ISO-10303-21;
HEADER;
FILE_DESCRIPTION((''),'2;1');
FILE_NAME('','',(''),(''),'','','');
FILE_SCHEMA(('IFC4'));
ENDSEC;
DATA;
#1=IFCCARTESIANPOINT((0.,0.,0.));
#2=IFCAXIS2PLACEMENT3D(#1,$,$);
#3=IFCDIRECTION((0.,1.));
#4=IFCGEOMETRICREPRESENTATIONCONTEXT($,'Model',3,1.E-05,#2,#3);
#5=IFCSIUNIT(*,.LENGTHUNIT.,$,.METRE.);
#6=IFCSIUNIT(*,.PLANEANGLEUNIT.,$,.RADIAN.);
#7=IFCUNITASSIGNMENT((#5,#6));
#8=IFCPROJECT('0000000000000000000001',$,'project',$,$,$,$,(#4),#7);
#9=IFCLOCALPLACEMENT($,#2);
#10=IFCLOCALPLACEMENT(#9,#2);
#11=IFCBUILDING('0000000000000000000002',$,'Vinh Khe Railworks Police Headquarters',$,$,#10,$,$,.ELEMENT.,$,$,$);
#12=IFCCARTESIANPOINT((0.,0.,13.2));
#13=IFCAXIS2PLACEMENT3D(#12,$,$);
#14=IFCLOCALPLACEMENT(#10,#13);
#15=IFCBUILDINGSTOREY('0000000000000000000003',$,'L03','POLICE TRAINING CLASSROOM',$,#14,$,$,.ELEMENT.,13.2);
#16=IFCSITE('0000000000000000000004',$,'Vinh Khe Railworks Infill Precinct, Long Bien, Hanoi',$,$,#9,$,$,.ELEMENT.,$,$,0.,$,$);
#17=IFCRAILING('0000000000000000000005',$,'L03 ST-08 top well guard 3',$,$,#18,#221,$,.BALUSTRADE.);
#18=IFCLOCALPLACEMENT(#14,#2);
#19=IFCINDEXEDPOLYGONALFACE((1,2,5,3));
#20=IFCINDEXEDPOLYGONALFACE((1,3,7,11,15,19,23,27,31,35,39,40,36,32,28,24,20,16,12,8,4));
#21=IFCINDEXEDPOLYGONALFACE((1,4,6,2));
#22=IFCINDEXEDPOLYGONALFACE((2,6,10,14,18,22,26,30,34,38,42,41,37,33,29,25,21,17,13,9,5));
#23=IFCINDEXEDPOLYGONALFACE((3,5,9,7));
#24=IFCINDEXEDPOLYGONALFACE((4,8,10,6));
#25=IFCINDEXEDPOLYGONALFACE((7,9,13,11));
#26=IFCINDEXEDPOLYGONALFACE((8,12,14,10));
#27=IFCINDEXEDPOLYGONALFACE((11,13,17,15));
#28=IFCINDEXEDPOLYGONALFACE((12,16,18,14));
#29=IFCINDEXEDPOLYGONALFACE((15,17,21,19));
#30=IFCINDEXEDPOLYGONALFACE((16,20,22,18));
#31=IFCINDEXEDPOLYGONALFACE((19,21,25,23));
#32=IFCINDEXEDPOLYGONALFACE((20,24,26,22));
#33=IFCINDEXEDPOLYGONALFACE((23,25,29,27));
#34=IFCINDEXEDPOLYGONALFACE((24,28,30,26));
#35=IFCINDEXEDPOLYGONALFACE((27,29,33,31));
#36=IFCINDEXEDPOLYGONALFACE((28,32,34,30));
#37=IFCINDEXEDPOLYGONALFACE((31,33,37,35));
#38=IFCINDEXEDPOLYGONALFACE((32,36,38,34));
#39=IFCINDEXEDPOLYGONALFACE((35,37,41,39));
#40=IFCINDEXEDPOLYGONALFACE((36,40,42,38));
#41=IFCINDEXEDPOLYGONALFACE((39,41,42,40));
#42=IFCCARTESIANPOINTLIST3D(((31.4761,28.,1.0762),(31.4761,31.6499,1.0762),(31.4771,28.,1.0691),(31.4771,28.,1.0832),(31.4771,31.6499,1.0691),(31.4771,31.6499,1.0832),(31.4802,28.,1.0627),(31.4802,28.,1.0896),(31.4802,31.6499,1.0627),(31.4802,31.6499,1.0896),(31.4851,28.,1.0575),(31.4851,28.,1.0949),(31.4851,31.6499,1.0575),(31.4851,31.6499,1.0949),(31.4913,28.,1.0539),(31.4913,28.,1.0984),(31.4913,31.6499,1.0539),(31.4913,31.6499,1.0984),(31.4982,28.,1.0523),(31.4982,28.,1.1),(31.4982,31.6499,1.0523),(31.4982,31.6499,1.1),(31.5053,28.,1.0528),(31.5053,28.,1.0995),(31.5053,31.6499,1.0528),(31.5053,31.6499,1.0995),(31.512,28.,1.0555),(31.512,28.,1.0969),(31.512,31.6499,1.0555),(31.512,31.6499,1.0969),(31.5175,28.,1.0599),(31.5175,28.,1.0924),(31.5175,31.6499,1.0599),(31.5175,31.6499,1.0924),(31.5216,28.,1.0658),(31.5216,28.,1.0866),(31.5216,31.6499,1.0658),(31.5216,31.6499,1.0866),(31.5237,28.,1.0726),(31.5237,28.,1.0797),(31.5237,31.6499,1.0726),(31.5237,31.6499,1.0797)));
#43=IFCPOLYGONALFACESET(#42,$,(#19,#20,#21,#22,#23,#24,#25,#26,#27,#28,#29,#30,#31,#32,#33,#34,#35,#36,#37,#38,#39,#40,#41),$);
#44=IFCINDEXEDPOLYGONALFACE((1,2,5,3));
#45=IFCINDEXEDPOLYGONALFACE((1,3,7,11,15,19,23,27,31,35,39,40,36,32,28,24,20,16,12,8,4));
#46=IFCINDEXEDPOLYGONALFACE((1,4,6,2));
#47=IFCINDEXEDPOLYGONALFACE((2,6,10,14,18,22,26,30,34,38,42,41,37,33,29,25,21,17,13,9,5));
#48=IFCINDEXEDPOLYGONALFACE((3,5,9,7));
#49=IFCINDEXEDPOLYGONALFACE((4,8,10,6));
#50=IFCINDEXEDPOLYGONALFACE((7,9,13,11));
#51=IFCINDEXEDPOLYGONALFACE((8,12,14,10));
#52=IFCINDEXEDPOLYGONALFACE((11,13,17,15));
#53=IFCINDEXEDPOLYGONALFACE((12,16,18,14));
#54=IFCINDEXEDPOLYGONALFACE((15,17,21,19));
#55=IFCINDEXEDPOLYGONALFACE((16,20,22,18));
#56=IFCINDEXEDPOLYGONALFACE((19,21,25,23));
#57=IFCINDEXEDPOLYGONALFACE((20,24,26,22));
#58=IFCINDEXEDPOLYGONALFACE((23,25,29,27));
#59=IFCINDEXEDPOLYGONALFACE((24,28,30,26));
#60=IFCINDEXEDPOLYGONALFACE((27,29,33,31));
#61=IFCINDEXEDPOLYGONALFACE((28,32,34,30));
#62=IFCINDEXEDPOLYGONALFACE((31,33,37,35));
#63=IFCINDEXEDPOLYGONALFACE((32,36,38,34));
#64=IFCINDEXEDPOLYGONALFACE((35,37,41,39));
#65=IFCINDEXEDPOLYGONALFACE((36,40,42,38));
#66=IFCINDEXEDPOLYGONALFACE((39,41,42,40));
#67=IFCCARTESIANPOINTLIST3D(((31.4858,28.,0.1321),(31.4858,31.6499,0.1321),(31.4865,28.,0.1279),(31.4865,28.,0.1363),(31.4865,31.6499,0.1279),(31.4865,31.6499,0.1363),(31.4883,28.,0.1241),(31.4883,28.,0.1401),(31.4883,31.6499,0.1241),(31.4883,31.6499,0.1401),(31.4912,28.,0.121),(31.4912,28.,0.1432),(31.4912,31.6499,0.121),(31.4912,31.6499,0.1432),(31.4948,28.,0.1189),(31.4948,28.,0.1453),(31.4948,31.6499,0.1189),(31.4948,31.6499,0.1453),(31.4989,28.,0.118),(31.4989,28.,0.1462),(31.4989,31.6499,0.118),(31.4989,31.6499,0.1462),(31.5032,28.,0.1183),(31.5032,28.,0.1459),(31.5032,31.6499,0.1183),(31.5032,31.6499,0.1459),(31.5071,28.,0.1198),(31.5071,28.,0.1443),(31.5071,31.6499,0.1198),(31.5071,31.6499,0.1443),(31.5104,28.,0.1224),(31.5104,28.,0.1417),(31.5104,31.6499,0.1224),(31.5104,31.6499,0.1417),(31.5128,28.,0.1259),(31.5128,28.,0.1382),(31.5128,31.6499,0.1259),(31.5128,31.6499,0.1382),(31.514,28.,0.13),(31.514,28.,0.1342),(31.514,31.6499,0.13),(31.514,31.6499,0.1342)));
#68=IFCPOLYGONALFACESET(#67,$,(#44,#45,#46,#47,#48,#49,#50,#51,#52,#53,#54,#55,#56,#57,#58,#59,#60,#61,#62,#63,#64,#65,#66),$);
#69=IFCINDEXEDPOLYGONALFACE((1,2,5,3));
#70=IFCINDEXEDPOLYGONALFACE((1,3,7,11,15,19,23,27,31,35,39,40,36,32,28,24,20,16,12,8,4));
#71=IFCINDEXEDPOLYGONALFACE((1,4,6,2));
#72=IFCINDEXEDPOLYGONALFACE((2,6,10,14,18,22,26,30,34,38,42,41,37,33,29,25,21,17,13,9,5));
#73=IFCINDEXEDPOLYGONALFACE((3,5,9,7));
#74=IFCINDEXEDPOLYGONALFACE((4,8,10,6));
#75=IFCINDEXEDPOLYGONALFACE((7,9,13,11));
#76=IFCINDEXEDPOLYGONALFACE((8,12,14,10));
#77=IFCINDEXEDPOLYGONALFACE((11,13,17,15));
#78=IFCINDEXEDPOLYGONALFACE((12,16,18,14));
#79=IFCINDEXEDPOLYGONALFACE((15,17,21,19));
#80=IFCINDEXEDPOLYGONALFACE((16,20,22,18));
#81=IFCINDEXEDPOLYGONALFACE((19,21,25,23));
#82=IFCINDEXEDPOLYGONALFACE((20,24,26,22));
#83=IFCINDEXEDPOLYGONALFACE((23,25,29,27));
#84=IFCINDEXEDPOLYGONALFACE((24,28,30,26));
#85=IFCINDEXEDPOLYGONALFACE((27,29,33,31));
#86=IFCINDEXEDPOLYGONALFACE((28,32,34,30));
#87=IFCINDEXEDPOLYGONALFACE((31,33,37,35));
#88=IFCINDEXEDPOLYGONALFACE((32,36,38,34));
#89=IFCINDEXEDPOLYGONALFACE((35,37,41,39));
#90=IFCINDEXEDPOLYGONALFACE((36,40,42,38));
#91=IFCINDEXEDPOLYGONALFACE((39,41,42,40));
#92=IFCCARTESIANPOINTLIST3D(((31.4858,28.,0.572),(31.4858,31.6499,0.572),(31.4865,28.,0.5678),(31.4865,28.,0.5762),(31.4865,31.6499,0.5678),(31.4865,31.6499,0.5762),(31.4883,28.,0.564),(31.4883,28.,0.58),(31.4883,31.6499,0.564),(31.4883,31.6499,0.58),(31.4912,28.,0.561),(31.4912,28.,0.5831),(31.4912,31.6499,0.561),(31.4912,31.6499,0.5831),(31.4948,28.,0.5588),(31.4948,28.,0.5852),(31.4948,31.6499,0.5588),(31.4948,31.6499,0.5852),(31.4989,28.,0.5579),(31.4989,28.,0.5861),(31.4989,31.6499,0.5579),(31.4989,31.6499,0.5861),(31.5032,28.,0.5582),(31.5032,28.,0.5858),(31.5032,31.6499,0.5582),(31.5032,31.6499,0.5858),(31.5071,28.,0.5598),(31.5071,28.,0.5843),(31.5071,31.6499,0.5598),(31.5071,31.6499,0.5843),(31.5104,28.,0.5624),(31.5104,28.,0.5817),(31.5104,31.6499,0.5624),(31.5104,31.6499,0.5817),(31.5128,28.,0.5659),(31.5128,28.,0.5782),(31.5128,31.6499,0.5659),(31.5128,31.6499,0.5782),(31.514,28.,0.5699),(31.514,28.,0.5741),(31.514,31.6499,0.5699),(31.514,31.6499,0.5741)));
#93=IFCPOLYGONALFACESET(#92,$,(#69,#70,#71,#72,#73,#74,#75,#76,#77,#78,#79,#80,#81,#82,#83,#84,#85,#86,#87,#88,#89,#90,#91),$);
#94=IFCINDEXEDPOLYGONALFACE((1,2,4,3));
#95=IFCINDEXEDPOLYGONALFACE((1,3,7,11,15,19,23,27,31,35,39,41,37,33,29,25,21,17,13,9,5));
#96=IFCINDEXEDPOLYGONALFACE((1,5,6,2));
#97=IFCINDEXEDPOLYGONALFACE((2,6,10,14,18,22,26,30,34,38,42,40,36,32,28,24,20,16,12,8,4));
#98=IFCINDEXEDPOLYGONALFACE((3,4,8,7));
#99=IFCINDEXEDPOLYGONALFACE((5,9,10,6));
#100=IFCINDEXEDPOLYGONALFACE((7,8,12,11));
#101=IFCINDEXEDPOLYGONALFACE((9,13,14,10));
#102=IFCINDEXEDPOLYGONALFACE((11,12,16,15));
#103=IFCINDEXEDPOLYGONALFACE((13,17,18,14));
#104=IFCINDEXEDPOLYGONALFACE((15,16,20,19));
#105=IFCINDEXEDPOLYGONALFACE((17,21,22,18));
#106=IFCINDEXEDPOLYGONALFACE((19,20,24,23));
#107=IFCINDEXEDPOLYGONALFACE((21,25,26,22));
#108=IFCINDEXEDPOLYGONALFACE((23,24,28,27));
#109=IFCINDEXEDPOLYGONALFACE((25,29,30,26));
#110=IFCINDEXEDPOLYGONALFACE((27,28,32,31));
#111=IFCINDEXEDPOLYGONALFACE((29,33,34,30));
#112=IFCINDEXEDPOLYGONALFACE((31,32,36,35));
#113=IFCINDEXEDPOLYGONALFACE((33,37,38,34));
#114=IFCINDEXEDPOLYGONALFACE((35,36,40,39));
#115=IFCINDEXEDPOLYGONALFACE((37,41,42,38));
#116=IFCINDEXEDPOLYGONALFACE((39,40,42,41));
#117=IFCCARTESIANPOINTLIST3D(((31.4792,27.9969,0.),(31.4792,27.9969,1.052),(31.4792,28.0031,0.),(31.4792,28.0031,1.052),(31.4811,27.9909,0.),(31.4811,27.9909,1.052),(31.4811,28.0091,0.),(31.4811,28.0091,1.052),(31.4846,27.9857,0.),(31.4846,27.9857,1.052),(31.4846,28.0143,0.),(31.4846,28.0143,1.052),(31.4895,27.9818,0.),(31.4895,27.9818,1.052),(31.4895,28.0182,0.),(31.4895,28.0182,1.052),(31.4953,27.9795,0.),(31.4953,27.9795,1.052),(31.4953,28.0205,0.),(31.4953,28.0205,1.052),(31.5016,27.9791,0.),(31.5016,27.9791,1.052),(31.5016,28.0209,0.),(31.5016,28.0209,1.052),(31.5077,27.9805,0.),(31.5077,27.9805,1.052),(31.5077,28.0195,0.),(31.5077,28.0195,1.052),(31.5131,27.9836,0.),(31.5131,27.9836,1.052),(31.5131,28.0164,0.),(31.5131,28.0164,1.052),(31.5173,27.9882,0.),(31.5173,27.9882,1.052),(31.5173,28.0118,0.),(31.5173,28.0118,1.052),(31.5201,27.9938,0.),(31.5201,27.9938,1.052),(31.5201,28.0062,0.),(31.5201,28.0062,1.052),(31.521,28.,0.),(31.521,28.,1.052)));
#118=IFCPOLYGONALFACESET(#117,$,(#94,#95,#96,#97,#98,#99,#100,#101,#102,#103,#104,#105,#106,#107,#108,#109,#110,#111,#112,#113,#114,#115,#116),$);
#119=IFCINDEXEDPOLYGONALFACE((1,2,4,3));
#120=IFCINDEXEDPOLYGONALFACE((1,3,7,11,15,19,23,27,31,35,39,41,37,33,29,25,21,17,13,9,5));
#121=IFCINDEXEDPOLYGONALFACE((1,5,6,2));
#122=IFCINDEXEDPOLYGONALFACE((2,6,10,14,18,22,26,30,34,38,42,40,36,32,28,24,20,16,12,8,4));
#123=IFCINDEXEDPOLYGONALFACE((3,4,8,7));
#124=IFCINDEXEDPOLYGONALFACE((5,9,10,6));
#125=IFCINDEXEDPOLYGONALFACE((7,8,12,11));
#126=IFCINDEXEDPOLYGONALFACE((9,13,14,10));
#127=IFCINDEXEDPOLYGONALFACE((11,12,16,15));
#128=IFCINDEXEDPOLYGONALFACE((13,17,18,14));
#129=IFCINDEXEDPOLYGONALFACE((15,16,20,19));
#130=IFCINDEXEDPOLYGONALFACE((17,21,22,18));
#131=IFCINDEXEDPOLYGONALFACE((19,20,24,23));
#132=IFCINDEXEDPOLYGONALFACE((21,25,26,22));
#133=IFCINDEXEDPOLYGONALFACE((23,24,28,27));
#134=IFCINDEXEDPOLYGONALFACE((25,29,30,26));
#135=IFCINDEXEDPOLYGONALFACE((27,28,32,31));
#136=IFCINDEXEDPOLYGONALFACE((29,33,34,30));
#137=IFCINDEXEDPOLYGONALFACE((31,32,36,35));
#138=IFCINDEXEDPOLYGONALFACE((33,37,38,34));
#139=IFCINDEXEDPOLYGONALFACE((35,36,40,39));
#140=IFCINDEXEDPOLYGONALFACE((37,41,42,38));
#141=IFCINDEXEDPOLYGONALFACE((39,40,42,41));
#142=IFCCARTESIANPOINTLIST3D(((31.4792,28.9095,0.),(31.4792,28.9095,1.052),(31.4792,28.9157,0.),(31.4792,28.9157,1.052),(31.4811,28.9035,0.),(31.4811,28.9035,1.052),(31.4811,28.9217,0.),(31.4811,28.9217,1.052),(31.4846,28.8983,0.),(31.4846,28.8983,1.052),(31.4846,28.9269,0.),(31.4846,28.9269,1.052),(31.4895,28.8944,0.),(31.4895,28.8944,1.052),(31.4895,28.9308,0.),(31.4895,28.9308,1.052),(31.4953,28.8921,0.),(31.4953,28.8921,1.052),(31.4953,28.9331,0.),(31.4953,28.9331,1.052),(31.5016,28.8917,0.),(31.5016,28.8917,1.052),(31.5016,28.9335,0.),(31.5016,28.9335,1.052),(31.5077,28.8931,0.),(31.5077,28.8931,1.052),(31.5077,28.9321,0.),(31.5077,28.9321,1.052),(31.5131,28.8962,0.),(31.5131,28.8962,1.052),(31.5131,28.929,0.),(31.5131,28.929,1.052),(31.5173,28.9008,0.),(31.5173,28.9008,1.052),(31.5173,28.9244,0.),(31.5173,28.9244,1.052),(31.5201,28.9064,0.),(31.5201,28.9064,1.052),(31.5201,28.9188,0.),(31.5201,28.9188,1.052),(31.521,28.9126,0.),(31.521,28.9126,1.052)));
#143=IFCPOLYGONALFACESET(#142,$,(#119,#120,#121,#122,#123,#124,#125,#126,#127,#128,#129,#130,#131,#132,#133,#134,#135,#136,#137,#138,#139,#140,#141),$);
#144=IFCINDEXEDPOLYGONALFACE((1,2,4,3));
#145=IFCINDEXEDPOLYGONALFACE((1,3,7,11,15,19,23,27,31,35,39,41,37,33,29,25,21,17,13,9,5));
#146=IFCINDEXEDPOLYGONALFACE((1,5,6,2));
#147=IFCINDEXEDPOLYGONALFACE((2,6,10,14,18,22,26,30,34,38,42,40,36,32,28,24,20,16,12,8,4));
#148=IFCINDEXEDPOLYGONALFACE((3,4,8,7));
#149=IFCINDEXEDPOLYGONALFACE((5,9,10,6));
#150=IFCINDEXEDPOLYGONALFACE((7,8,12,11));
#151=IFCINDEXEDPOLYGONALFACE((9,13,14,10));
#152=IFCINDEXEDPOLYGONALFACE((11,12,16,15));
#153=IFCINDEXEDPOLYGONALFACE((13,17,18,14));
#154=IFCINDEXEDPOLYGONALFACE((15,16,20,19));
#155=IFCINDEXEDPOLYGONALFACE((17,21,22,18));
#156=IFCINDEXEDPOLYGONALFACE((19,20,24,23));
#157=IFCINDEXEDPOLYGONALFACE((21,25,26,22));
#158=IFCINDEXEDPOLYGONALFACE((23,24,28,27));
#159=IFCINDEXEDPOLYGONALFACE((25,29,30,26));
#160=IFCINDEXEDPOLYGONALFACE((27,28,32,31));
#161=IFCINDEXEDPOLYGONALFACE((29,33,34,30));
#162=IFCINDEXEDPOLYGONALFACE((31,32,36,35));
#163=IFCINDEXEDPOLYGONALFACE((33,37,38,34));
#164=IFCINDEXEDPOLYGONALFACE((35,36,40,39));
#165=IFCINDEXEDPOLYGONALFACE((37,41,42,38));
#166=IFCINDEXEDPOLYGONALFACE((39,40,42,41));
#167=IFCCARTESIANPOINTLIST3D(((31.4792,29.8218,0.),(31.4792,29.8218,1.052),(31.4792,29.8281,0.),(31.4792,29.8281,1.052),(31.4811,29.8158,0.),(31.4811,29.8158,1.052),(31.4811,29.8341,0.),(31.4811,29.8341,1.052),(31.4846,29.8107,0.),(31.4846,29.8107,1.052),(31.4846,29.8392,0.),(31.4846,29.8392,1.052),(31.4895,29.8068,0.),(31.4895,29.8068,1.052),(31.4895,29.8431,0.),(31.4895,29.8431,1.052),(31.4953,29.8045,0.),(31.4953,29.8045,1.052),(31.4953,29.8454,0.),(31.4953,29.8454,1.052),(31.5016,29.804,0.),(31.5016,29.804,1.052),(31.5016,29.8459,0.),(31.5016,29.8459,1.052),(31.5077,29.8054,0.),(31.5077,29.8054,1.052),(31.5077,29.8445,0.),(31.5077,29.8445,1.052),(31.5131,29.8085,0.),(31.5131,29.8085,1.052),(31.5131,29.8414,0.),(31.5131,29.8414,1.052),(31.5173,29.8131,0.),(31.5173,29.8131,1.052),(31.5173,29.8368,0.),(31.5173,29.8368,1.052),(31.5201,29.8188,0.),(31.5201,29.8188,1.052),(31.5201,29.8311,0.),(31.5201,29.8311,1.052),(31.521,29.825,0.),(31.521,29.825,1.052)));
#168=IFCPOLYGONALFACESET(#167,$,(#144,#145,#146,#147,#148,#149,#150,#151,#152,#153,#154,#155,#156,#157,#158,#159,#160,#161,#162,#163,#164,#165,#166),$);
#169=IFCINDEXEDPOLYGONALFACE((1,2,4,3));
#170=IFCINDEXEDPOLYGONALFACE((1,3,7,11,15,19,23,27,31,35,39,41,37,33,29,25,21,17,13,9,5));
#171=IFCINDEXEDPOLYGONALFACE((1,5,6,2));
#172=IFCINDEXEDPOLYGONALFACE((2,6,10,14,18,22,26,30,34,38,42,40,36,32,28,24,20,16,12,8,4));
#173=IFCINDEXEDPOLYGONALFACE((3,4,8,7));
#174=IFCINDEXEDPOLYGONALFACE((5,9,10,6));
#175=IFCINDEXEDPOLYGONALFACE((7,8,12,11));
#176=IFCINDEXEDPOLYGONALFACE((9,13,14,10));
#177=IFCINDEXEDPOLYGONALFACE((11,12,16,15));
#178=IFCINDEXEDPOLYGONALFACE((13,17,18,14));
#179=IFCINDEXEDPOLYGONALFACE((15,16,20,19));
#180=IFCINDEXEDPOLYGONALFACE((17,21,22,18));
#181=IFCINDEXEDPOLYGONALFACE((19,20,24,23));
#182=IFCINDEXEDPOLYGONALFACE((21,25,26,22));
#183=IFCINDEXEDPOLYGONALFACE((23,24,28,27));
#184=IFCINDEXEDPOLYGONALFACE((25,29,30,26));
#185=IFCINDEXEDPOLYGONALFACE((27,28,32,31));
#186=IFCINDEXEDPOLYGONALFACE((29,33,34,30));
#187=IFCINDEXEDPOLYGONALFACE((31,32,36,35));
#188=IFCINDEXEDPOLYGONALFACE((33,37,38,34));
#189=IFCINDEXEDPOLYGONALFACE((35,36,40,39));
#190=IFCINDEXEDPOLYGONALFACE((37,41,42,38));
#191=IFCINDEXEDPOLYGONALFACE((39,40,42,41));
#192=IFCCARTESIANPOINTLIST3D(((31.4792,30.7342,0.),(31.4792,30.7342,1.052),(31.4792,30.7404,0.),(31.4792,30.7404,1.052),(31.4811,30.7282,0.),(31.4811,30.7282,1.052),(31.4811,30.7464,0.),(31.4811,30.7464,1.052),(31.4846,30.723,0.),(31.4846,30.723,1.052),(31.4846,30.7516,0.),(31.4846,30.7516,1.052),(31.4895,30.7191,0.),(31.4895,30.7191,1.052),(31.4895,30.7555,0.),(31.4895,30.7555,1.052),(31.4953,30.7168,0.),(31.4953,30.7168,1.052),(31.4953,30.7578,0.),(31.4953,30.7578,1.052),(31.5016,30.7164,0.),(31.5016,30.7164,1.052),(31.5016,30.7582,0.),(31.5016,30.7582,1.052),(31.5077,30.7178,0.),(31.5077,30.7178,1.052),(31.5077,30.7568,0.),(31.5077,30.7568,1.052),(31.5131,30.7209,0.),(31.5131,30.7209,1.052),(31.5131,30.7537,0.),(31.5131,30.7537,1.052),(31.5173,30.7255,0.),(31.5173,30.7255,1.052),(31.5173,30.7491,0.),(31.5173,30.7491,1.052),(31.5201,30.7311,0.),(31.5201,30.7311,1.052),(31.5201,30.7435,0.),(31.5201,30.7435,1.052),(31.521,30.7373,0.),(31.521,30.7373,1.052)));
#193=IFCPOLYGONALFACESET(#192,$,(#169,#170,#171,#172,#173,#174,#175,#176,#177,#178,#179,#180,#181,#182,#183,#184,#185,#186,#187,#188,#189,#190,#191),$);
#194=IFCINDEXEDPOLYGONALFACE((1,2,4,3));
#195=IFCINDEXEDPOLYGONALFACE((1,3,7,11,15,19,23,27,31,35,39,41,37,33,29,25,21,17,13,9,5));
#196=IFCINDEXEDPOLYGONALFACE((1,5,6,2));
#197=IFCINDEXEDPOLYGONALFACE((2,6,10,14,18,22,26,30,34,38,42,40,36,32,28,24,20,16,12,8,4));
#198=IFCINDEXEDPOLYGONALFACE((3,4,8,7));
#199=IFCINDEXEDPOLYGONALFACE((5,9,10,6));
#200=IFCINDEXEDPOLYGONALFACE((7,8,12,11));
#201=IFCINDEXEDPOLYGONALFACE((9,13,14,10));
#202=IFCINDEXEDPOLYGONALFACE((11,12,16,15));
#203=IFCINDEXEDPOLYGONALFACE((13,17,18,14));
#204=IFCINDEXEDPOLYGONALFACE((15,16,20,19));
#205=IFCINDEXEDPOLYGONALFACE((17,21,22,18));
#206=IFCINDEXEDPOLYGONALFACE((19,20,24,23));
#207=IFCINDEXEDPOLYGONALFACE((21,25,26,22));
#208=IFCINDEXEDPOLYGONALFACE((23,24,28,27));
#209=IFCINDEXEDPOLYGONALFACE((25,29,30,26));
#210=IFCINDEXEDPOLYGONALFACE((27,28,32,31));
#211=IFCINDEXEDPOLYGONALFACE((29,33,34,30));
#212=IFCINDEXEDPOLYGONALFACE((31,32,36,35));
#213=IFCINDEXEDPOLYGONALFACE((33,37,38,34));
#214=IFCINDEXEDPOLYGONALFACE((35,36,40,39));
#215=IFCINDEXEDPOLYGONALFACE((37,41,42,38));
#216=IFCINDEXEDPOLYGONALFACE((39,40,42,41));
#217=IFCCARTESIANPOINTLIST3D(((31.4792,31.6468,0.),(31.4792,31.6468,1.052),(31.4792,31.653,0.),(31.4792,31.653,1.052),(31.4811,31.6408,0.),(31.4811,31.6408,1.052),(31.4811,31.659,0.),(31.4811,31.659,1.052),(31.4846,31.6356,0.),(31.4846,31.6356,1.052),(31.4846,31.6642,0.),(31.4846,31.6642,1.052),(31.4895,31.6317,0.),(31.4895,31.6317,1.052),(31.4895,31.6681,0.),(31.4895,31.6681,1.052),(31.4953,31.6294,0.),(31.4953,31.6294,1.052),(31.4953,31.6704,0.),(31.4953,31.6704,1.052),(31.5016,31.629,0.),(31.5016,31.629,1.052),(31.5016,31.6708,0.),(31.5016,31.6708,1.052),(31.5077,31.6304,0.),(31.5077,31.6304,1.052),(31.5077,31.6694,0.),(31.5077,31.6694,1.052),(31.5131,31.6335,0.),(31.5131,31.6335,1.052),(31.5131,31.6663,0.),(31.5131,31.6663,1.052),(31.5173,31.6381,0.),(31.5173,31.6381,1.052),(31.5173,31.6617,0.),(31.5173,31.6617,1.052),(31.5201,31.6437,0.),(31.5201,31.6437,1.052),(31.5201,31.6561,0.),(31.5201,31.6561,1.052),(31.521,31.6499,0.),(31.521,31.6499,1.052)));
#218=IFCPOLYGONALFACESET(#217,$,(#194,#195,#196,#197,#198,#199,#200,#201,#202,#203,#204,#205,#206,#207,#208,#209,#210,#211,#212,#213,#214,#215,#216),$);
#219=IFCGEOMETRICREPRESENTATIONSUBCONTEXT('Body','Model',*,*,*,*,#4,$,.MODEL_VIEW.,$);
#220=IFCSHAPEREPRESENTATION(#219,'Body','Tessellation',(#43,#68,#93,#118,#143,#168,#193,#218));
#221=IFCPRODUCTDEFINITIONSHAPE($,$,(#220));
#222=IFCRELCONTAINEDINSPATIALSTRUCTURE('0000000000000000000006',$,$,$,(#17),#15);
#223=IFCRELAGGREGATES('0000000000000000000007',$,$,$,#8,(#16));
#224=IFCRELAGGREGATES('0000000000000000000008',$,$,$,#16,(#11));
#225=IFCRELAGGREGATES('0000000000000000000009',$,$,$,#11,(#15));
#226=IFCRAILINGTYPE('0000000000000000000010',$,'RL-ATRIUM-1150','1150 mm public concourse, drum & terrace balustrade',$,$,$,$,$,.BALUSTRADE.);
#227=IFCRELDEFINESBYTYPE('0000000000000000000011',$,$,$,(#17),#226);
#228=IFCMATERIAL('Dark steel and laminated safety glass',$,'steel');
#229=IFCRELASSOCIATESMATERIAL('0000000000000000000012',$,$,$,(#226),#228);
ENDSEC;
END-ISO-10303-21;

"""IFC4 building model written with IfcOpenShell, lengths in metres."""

from ifc_helpers import new_model, si_unit, direction, frame, origin, origin_2d, place, context, subcontext, project, spatial, circle, extrude, material, type_object, element, save


model = new_model("IFC4")

# Units and contexts
model_context = context("Model", 3, precision=1e-05, world=origin(), true_north=direction((0.0, 1.0)))
body_context = subcontext(model_context, "Body", "Model", "MODEL_VIEW")
ifc_project = project(units=[si_unit("LENGTHUNIT", "METRE"), si_unit("PLANEANGLEUNIT", "RADIAN")], contexts=[model_context])

# Site, building, storey
site_placement = place(None, origin())
site = spatial("IfcSite", under=ifc_project, at=site_placement, Name="Vinh Khe Railworks Infill Precinct, Long Bien, Hanoi", CompositionType="ELEMENT", RefElevation=0.0)
building_placement = place(site_placement, origin())
building = spatial("IfcBuilding", under=site, at=building_placement, Name="Vinh Khe Railworks Police Headquarters", CompositionType="ELEMENT")
storey_placement = place(building_placement, frame((0.0, 0.0, 13.2)))
storey = spatial("IfcBuildingStorey", under=building, at=storey_placement, Name="L03", Description="POLICE TRAINING CLASSROOM", CompositionType="ELEMENT", Elevation=13.2)

# Railing
ifc_material_1 = material(Name="Dark steel and laminated safety glass", Category="steel")
railing_type = type_object("IfcRailingType", Name="RL-ATRIUM-1150", Description="1150 mm public concourse, drum & terrace balustrade", PredefinedType="BALUSTRADE", material=ifc_material_1)
railing_1_placement = place(storey_placement, frame((31.5, 28.0, 0.0)))
element("IfcRailing", 1, at=railing_1_placement, inside=storey, type_object=railing_type, Name="L03 ST-08 top well guard 3", PredefinedType="BALUSTRADE", context=body_context, shape_type="SweptSolid", body=[
    extrude(circle(Radius=0.0239, at=origin_2d()), frame((0.0, 0.0, 1.0762), z_axis=(0.0, 1.0, 0.0), x_axis=(-1.0, 0.0, 0.0)), (0.0, 0.0, 1.0), 3.6499),
    extrude(circle(Radius=0.0142, at=origin_2d()), frame((0.0, 0.0, 0.1321), z_axis=(0.0, 1.0, 0.0), x_axis=(-1.0, 0.0, 0.0)), (0.0, 0.0, 1.0), 3.6499),
    extrude(circle(Radius=0.0142, at=origin_2d()), frame((0.0, 0.0, 0.572), z_axis=(0.0, 1.0, 0.0), x_axis=(-1.0, 0.0, 0.0)), (0.0, 0.0, 1.0), 3.6499),
    extrude(circle(Radius=0.021, at=origin_2d()), origin(), (0.0, 0.0, 1.0), 1.052),
    extrude(circle(Radius=0.021, at=origin_2d()), frame((0.0, 0.9126, 0.0)), (0.0, 0.0, 1.0), 1.052),
    extrude(circle(Radius=0.021, at=origin_2d()), frame((0.0, 1.825, 0.0)), (0.0, 0.0, 1.0), 1.052),
    extrude(circle(Radius=0.021, at=origin_2d()), frame((0.0, 2.7373, 0.0)), (0.0, 0.0, 1.0), 1.052),
    extrude(circle(Radius=0.021, at=origin_2d()), frame((0.0, 3.6499, 0.0)), (0.0, 0.0, 1.0), 1.052),
])

save(model, "model.ifc")
